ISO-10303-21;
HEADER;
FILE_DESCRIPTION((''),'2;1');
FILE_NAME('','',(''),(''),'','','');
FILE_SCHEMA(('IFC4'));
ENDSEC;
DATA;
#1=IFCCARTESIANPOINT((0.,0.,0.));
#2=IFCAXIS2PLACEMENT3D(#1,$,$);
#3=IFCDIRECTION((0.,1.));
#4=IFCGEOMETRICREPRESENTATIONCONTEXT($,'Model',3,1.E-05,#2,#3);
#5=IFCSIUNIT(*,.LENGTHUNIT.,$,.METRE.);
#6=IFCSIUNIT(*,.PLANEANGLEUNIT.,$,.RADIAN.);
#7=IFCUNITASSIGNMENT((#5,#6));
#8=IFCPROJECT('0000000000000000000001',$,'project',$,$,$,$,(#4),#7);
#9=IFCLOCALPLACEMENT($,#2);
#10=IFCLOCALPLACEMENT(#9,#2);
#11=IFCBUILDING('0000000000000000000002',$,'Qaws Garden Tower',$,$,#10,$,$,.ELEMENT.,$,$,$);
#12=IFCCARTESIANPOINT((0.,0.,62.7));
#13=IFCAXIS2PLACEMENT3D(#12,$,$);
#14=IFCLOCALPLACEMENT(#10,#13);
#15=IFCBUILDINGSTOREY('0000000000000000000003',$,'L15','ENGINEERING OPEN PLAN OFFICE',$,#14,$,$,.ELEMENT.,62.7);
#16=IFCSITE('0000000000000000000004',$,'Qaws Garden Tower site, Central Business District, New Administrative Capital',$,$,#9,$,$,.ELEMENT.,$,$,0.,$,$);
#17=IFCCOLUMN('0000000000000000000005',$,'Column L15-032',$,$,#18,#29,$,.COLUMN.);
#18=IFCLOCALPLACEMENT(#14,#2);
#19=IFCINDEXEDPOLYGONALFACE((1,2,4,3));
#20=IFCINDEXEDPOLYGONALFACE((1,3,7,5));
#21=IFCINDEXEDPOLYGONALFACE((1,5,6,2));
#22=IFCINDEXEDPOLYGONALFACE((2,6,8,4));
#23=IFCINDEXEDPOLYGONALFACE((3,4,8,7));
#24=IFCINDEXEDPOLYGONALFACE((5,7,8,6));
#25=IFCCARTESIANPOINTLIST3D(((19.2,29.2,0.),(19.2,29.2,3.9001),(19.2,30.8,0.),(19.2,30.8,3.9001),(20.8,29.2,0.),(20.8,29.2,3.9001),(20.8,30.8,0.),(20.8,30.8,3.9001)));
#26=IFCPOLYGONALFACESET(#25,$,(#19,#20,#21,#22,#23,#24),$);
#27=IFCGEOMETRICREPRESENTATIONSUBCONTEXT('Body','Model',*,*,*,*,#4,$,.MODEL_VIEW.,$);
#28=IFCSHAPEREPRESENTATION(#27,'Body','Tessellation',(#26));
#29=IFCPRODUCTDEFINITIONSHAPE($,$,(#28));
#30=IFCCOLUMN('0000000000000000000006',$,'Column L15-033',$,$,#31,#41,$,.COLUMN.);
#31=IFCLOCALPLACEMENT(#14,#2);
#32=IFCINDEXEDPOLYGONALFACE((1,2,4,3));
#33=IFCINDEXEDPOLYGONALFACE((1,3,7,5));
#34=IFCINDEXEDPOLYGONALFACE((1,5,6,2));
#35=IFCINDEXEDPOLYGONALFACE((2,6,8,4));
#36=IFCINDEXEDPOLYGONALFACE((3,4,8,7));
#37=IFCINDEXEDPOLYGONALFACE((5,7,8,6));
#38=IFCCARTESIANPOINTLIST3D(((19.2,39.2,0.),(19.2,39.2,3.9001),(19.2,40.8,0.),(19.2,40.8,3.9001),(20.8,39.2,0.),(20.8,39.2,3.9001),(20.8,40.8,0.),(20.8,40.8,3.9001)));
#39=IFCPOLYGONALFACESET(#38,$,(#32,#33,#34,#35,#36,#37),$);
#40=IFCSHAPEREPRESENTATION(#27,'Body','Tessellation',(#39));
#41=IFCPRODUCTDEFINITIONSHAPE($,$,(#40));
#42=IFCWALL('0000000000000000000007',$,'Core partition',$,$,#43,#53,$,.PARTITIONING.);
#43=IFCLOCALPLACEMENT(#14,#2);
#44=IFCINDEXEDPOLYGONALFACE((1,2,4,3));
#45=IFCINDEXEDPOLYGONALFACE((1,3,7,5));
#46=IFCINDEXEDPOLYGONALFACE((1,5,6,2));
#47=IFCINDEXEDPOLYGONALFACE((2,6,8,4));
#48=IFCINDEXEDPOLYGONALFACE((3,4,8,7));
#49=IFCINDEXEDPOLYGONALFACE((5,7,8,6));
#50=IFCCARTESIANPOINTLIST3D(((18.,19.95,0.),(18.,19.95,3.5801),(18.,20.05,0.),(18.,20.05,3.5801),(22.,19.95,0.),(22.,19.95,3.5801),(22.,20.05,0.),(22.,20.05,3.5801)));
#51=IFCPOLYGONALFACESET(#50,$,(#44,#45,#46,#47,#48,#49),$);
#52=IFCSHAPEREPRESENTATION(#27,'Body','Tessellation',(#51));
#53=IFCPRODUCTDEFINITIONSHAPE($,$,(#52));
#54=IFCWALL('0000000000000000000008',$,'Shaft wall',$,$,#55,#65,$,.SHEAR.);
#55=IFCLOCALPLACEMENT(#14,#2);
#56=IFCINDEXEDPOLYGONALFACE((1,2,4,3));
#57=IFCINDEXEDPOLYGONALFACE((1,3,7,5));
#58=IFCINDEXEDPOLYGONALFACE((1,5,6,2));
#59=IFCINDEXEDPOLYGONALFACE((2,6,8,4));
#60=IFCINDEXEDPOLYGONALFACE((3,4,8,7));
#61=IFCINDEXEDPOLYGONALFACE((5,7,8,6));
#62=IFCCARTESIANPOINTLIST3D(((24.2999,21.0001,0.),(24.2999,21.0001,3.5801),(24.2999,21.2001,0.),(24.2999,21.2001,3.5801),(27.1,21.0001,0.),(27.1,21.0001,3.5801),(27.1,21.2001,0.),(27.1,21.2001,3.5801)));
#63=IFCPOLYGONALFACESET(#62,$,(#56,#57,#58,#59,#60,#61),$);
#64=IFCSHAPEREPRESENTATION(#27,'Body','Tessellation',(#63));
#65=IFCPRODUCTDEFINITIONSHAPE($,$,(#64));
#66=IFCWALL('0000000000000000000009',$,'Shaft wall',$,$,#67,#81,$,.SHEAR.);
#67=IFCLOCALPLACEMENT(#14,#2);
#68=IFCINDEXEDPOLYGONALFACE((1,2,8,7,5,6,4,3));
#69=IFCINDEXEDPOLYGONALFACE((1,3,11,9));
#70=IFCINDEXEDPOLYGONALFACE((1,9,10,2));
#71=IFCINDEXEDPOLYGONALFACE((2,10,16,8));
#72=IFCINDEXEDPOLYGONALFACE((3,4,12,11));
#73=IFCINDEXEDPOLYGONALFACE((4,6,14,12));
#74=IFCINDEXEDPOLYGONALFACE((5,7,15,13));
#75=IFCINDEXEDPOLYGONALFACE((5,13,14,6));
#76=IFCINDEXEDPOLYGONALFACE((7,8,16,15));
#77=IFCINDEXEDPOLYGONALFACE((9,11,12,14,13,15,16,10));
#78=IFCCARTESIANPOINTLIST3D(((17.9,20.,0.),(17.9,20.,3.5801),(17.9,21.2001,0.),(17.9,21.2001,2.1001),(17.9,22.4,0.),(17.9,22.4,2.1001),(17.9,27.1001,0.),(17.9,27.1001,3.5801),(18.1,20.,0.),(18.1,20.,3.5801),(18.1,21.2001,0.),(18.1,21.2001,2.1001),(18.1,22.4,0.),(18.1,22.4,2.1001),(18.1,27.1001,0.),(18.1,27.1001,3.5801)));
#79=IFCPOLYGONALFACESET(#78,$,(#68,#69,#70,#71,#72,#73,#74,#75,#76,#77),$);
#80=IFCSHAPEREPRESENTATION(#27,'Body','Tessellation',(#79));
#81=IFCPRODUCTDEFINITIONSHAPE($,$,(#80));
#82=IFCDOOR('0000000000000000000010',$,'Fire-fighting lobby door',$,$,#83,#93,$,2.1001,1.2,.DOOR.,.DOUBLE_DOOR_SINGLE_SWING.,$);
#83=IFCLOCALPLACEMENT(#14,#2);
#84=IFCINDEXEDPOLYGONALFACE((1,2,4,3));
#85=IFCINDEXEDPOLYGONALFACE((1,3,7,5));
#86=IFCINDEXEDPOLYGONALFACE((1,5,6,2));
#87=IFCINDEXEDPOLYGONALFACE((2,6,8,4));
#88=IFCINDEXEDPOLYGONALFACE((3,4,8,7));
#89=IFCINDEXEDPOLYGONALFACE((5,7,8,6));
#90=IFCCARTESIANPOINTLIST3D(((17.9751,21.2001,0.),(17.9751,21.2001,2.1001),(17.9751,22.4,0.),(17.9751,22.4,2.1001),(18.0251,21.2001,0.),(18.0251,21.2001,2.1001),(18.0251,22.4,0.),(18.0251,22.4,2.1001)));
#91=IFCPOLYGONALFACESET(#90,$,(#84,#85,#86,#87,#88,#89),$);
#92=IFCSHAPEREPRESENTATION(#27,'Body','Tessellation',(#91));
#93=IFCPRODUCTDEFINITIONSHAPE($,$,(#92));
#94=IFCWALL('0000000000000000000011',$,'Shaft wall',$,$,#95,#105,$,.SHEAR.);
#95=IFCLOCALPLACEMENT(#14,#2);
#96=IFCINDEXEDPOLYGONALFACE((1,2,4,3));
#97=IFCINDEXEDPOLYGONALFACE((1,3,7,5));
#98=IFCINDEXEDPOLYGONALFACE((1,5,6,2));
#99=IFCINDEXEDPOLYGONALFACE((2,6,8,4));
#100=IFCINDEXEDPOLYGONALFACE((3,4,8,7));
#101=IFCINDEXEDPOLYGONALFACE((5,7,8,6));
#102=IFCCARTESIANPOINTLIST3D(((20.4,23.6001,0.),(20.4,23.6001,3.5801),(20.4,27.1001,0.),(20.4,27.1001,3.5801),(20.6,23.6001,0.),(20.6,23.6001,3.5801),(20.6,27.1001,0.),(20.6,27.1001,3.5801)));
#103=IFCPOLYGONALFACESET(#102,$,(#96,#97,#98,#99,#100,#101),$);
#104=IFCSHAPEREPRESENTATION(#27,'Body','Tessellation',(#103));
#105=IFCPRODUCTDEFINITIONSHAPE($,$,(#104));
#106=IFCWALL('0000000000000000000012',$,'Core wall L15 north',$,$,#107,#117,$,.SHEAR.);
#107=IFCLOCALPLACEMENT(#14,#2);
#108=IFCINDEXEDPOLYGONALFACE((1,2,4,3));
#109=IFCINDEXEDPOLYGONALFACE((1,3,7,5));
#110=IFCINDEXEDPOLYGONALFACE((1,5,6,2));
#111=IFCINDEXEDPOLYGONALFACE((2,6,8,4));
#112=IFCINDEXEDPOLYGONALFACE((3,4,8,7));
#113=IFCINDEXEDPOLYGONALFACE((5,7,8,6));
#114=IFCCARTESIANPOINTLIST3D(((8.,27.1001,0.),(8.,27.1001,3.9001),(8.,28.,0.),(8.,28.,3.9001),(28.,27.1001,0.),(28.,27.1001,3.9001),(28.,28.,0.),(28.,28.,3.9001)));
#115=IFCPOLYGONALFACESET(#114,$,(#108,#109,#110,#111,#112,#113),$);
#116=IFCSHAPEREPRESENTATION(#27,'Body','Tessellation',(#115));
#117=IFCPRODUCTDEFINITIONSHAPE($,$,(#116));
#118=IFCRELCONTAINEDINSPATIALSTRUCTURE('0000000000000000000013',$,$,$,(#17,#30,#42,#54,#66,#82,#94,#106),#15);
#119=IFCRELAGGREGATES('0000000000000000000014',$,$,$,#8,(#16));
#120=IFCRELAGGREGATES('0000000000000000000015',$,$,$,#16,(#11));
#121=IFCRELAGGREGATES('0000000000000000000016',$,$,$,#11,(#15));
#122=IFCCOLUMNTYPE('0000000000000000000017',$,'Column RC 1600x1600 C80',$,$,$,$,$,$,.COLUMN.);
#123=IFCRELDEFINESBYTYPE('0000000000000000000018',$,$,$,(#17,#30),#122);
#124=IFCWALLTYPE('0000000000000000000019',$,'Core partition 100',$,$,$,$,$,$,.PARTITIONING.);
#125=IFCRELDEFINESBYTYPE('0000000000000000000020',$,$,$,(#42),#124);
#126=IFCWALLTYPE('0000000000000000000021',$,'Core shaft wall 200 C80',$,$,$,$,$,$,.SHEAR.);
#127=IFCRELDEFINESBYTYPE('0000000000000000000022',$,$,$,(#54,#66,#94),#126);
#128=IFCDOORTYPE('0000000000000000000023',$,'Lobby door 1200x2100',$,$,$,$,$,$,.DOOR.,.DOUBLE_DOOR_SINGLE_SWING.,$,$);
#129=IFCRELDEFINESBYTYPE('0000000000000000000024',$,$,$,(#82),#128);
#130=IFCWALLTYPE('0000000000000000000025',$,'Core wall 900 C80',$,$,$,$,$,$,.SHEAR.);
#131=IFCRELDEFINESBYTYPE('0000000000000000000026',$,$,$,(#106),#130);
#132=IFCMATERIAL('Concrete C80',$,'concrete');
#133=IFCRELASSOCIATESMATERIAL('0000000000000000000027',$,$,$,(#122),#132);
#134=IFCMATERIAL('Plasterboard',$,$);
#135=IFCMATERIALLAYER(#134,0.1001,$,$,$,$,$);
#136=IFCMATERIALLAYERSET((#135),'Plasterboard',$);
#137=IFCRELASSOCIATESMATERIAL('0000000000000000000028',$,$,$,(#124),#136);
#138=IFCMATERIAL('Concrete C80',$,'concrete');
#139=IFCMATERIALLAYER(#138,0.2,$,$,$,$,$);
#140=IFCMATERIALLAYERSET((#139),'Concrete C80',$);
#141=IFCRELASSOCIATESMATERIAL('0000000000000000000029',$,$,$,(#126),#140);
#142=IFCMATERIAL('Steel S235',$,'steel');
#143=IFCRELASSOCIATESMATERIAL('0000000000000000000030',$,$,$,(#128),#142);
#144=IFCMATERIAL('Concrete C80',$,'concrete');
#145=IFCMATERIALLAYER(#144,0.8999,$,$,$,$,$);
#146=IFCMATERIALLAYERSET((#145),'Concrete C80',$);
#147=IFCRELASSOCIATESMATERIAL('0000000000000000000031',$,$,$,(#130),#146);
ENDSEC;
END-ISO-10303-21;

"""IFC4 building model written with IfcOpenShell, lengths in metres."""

from ifc_helpers import new_model, si_unit, direction, frame, frame_2d, origin, origin_2d, place, context, subcontext, project, spatial, rectangle, extrude, material, layer, layer_set, material_profile, profile_set, type_object, element, fill, save


model = new_model("IFC4")

# Units and contexts
model_context = context("Model", 3, precision=1e-05, world=origin(), true_north=direction((0.0, 1.0)))
body_context = subcontext(model_context, "Body", "Model", "MODEL_VIEW")
ifc_project = project(units=[si_unit("LENGTHUNIT", "METRE"), si_unit("PLANEANGLEUNIT", "RADIAN")], contexts=[model_context])

# Site, building, storey
site_placement = place(None, origin())
site = spatial("IfcSite", under=ifc_project, at=site_placement, Name="Qaws Garden Tower site, Central Business District, New Administrative Capital", CompositionType="ELEMENT", RefElevation=0.0)
building_placement = place(site_placement, origin())
building = spatial("IfcBuilding", under=site, at=building_placement, Name="Qaws Garden Tower", CompositionType="ELEMENT")
storey_placement = place(building_placement, frame((0.0, 0.0, 62.7)))
storey = spatial("IfcBuildingStorey", under=building, at=storey_placement, Name="L15", Description="ENGINEERING OPEN PLAN OFFICE", CompositionType="ELEMENT", Elevation=62.7)

# Columns
ifc_material_1 = material(Name="Concrete C80", Category="concrete")
ifc_material_profile = material_profile(ifc_material_1, rectangle(XDim=1.6001, YDim=1.6001, at=origin_2d()), Name="RC 1600x1600")
ifc_profile_set = profile_set([ifc_material_profile], Name="Concrete C80")
column_type = type_object("IfcColumnType", Name="Column RC 1600x1600 C80", PredefinedType="COLUMN", material=ifc_profile_set)
for number, where, z_axis, x_axis, name in (
    (1, (20.0, 30.0, 0.0), (0.0, 0.0, 1.0), (1.0, 0.0, 0.0), "Column L15-032"),
    (2, (20.0, 40.0, 0.0), (0.0, 0.0, 1.0), (1.0, 0.0, 0.0), "Column L15-033"),
):
    element("IfcColumn", number, at=place(storey_placement, frame(where, z_axis=z_axis, x_axis=x_axis)), inside=storey, type_object=column_type, Name=name, PredefinedType="COLUMN", context=body_context, shape_type="SweptSolid", body=[
        extrude(rectangle(XDim=1.6001, YDim=1.6001, at=origin_2d()), origin(), (0.0, 0.0, 1.0), 3.9001),
    ])

# Walls
ifc_material_2 = material(Name="Plasterboard")
ifc_layer_1 = layer(ifc_material_2, 0.1001)
ifc_layer_set_1 = layer_set([ifc_layer_1], Name="Plasterboard")
wall_type_1 = type_object("IfcWallType", Name="Core partition 100", PredefinedType="PARTITIONING", material=ifc_layer_set_1)
wall_1_placement = place(storey_placement, frame((18.0, 20.0, 0.0), z_axis=(0.0, 0.0, 1.0), x_axis=(1.0, 0.0, 0.0)))
element("IfcWall", 3, at=wall_1_placement, inside=storey, type_object=wall_type_1, Name="Core partition", PredefinedType="PARTITIONING", context=body_context, shape_type="SweptSolid", body=[
    extrude(rectangle(XDim=4.0, YDim=0.1001, at=frame_2d((2.0, 0.0))), origin(), (0.0, 0.0, 1.0), 3.5801),
])
ifc_material_3 = material(Name="Concrete C80", Category="concrete")
ifc_layer_2 = layer(ifc_material_3, 0.2)
ifc_layer_set_2 = layer_set([ifc_layer_2], Name="Concrete C80")
wall_type_2 = type_object("IfcWallType", Name="Core shaft wall 200 C80", PredefinedType="SHEAR", material=ifc_layer_set_2)
wall_2_placement = place(storey_placement, frame((24.3, 21.1001, 0.0), z_axis=(0.0, 0.0, 1.0), x_axis=(1.0, 0.0, 0.0)))
element("IfcWall", 4, at=wall_2_placement, inside=storey, type_object=wall_type_2, Name="Shaft wall", PredefinedType="SHEAR", context=body_context, shape_type="SweptSolid", body=[
    extrude(rectangle(XDim=2.8, YDim=0.2, at=frame_2d((1.3999, 0.0))), origin(), (0.0, 0.0, 1.0), 3.5801),
])

# Wall, opening, door
wall_3_placement = place(storey_placement, frame((18.0, 20.0, 0.0), z_axis=(0.0, 0.0, 1.0), x_axis=(0.0, 1.0, 0.0)))
wall_3 = element("IfcWall", 5, at=wall_3_placement, inside=storey, type_object=wall_type_2, Name="Shaft wall", PredefinedType="SHEAR", context=body_context, shape_type="SweptSolid", body=[
    extrude(rectangle(XDim=7.1001, YDim=0.2, at=frame_2d((3.55, 0.0))), origin(), (0.0, 0.0, 1.0), 3.5801),
])
opening_1_placement = place(wall_3_placement, frame((1.2, 0.0, 0.0)))
opening_1 = element("IfcOpeningElement", 6, at=opening_1_placement, cuts=wall_3, PredefinedType="OPENING", context=body_context, shape_type="SweptSolid", body=[
    extrude(rectangle(XDim=1.2, YDim=2.1001, at=frame_2d((0.6001, 1.05))), frame((0.0, 0.1099, 0.0), z_axis=(0.0, -1.0, 0.0), x_axis=(1.0, 0.0, 0.0)), (0.0, 0.0, 1.0), 0.22),
])
ifc_material_4 = material(Name="Steel S235", Category="steel")
door_type_1 = type_object("IfcDoorType", Name="Lobby door 1200x2100", OperationType="DOUBLE_DOOR_SINGLE_SWING", PredefinedType="DOOR", material=ifc_material_4)
door_1_placement = place(opening_1_placement, origin())
door_1 = element("IfcDoor", 7, at=door_1_placement, inside=storey, type_object=door_type_1, Name="Fire-fighting lobby door", OperationType="DOUBLE_DOOR_SINGLE_SWING", OverallHeight=2.1001, OverallWidth=1.2, PredefinedType="DOOR", context=body_context, shape_type="SweptSolid", body=[
    extrude(rectangle(XDim=1.2, YDim=2.1001, at=frame_2d((0.6001, 1.05))), frame((0.0, 0.0249, 0.0), z_axis=(0.0, -1.0, 0.0), x_axis=(1.0, 0.0, 0.0)), (0.0, 0.0, 1.0), 0.05),
])
fill(opening_1, door_1)

# Walls
wall_4_placement = place(storey_placement, frame((20.5, 23.6001, 0.0), z_axis=(0.0, 0.0, 1.0), x_axis=(0.0, 1.0, 0.0)))
element("IfcWall", 8, at=wall_4_placement, inside=storey, type_object=wall_type_2, Name="Shaft wall", PredefinedType="SHEAR", context=body_context, shape_type="SweptSolid", body=[
    extrude(rectangle(XDim=3.5, YDim=0.2, at=frame_2d((1.75, 0.0))), origin(), (0.0, 0.0, 1.0), 3.5801),
])
ifc_material_5 = material(Name="Concrete C80", Category="concrete")
ifc_layer_3 = layer(ifc_material_5, 0.8999)
ifc_layer_set_3 = layer_set([ifc_layer_3], Name="Concrete C80")
wall_type_3 = type_object("IfcWallType", Name="Core wall 900 C80", PredefinedType="SHEAR", material=ifc_layer_set_3)
wall_5_placement = place(storey_placement, frame((28.0, 27.55, 0.0), z_axis=(0.0, 0.0, 1.0), x_axis=(-1.0, 0.0, 0.0)))
element("IfcWall", 9, at=wall_5_placement, inside=storey, type_object=wall_type_3, Name="Core wall L15 north", PredefinedType="SHEAR", context=body_context, shape_type="SweptSolid", body=[
    extrude(rectangle(XDim=20.0, YDim=0.8999, at=frame_2d((10.0, 0.0))), origin(), (0.0, 0.0, 1.0), 3.9001),
])

save(model, "model.ifc")
